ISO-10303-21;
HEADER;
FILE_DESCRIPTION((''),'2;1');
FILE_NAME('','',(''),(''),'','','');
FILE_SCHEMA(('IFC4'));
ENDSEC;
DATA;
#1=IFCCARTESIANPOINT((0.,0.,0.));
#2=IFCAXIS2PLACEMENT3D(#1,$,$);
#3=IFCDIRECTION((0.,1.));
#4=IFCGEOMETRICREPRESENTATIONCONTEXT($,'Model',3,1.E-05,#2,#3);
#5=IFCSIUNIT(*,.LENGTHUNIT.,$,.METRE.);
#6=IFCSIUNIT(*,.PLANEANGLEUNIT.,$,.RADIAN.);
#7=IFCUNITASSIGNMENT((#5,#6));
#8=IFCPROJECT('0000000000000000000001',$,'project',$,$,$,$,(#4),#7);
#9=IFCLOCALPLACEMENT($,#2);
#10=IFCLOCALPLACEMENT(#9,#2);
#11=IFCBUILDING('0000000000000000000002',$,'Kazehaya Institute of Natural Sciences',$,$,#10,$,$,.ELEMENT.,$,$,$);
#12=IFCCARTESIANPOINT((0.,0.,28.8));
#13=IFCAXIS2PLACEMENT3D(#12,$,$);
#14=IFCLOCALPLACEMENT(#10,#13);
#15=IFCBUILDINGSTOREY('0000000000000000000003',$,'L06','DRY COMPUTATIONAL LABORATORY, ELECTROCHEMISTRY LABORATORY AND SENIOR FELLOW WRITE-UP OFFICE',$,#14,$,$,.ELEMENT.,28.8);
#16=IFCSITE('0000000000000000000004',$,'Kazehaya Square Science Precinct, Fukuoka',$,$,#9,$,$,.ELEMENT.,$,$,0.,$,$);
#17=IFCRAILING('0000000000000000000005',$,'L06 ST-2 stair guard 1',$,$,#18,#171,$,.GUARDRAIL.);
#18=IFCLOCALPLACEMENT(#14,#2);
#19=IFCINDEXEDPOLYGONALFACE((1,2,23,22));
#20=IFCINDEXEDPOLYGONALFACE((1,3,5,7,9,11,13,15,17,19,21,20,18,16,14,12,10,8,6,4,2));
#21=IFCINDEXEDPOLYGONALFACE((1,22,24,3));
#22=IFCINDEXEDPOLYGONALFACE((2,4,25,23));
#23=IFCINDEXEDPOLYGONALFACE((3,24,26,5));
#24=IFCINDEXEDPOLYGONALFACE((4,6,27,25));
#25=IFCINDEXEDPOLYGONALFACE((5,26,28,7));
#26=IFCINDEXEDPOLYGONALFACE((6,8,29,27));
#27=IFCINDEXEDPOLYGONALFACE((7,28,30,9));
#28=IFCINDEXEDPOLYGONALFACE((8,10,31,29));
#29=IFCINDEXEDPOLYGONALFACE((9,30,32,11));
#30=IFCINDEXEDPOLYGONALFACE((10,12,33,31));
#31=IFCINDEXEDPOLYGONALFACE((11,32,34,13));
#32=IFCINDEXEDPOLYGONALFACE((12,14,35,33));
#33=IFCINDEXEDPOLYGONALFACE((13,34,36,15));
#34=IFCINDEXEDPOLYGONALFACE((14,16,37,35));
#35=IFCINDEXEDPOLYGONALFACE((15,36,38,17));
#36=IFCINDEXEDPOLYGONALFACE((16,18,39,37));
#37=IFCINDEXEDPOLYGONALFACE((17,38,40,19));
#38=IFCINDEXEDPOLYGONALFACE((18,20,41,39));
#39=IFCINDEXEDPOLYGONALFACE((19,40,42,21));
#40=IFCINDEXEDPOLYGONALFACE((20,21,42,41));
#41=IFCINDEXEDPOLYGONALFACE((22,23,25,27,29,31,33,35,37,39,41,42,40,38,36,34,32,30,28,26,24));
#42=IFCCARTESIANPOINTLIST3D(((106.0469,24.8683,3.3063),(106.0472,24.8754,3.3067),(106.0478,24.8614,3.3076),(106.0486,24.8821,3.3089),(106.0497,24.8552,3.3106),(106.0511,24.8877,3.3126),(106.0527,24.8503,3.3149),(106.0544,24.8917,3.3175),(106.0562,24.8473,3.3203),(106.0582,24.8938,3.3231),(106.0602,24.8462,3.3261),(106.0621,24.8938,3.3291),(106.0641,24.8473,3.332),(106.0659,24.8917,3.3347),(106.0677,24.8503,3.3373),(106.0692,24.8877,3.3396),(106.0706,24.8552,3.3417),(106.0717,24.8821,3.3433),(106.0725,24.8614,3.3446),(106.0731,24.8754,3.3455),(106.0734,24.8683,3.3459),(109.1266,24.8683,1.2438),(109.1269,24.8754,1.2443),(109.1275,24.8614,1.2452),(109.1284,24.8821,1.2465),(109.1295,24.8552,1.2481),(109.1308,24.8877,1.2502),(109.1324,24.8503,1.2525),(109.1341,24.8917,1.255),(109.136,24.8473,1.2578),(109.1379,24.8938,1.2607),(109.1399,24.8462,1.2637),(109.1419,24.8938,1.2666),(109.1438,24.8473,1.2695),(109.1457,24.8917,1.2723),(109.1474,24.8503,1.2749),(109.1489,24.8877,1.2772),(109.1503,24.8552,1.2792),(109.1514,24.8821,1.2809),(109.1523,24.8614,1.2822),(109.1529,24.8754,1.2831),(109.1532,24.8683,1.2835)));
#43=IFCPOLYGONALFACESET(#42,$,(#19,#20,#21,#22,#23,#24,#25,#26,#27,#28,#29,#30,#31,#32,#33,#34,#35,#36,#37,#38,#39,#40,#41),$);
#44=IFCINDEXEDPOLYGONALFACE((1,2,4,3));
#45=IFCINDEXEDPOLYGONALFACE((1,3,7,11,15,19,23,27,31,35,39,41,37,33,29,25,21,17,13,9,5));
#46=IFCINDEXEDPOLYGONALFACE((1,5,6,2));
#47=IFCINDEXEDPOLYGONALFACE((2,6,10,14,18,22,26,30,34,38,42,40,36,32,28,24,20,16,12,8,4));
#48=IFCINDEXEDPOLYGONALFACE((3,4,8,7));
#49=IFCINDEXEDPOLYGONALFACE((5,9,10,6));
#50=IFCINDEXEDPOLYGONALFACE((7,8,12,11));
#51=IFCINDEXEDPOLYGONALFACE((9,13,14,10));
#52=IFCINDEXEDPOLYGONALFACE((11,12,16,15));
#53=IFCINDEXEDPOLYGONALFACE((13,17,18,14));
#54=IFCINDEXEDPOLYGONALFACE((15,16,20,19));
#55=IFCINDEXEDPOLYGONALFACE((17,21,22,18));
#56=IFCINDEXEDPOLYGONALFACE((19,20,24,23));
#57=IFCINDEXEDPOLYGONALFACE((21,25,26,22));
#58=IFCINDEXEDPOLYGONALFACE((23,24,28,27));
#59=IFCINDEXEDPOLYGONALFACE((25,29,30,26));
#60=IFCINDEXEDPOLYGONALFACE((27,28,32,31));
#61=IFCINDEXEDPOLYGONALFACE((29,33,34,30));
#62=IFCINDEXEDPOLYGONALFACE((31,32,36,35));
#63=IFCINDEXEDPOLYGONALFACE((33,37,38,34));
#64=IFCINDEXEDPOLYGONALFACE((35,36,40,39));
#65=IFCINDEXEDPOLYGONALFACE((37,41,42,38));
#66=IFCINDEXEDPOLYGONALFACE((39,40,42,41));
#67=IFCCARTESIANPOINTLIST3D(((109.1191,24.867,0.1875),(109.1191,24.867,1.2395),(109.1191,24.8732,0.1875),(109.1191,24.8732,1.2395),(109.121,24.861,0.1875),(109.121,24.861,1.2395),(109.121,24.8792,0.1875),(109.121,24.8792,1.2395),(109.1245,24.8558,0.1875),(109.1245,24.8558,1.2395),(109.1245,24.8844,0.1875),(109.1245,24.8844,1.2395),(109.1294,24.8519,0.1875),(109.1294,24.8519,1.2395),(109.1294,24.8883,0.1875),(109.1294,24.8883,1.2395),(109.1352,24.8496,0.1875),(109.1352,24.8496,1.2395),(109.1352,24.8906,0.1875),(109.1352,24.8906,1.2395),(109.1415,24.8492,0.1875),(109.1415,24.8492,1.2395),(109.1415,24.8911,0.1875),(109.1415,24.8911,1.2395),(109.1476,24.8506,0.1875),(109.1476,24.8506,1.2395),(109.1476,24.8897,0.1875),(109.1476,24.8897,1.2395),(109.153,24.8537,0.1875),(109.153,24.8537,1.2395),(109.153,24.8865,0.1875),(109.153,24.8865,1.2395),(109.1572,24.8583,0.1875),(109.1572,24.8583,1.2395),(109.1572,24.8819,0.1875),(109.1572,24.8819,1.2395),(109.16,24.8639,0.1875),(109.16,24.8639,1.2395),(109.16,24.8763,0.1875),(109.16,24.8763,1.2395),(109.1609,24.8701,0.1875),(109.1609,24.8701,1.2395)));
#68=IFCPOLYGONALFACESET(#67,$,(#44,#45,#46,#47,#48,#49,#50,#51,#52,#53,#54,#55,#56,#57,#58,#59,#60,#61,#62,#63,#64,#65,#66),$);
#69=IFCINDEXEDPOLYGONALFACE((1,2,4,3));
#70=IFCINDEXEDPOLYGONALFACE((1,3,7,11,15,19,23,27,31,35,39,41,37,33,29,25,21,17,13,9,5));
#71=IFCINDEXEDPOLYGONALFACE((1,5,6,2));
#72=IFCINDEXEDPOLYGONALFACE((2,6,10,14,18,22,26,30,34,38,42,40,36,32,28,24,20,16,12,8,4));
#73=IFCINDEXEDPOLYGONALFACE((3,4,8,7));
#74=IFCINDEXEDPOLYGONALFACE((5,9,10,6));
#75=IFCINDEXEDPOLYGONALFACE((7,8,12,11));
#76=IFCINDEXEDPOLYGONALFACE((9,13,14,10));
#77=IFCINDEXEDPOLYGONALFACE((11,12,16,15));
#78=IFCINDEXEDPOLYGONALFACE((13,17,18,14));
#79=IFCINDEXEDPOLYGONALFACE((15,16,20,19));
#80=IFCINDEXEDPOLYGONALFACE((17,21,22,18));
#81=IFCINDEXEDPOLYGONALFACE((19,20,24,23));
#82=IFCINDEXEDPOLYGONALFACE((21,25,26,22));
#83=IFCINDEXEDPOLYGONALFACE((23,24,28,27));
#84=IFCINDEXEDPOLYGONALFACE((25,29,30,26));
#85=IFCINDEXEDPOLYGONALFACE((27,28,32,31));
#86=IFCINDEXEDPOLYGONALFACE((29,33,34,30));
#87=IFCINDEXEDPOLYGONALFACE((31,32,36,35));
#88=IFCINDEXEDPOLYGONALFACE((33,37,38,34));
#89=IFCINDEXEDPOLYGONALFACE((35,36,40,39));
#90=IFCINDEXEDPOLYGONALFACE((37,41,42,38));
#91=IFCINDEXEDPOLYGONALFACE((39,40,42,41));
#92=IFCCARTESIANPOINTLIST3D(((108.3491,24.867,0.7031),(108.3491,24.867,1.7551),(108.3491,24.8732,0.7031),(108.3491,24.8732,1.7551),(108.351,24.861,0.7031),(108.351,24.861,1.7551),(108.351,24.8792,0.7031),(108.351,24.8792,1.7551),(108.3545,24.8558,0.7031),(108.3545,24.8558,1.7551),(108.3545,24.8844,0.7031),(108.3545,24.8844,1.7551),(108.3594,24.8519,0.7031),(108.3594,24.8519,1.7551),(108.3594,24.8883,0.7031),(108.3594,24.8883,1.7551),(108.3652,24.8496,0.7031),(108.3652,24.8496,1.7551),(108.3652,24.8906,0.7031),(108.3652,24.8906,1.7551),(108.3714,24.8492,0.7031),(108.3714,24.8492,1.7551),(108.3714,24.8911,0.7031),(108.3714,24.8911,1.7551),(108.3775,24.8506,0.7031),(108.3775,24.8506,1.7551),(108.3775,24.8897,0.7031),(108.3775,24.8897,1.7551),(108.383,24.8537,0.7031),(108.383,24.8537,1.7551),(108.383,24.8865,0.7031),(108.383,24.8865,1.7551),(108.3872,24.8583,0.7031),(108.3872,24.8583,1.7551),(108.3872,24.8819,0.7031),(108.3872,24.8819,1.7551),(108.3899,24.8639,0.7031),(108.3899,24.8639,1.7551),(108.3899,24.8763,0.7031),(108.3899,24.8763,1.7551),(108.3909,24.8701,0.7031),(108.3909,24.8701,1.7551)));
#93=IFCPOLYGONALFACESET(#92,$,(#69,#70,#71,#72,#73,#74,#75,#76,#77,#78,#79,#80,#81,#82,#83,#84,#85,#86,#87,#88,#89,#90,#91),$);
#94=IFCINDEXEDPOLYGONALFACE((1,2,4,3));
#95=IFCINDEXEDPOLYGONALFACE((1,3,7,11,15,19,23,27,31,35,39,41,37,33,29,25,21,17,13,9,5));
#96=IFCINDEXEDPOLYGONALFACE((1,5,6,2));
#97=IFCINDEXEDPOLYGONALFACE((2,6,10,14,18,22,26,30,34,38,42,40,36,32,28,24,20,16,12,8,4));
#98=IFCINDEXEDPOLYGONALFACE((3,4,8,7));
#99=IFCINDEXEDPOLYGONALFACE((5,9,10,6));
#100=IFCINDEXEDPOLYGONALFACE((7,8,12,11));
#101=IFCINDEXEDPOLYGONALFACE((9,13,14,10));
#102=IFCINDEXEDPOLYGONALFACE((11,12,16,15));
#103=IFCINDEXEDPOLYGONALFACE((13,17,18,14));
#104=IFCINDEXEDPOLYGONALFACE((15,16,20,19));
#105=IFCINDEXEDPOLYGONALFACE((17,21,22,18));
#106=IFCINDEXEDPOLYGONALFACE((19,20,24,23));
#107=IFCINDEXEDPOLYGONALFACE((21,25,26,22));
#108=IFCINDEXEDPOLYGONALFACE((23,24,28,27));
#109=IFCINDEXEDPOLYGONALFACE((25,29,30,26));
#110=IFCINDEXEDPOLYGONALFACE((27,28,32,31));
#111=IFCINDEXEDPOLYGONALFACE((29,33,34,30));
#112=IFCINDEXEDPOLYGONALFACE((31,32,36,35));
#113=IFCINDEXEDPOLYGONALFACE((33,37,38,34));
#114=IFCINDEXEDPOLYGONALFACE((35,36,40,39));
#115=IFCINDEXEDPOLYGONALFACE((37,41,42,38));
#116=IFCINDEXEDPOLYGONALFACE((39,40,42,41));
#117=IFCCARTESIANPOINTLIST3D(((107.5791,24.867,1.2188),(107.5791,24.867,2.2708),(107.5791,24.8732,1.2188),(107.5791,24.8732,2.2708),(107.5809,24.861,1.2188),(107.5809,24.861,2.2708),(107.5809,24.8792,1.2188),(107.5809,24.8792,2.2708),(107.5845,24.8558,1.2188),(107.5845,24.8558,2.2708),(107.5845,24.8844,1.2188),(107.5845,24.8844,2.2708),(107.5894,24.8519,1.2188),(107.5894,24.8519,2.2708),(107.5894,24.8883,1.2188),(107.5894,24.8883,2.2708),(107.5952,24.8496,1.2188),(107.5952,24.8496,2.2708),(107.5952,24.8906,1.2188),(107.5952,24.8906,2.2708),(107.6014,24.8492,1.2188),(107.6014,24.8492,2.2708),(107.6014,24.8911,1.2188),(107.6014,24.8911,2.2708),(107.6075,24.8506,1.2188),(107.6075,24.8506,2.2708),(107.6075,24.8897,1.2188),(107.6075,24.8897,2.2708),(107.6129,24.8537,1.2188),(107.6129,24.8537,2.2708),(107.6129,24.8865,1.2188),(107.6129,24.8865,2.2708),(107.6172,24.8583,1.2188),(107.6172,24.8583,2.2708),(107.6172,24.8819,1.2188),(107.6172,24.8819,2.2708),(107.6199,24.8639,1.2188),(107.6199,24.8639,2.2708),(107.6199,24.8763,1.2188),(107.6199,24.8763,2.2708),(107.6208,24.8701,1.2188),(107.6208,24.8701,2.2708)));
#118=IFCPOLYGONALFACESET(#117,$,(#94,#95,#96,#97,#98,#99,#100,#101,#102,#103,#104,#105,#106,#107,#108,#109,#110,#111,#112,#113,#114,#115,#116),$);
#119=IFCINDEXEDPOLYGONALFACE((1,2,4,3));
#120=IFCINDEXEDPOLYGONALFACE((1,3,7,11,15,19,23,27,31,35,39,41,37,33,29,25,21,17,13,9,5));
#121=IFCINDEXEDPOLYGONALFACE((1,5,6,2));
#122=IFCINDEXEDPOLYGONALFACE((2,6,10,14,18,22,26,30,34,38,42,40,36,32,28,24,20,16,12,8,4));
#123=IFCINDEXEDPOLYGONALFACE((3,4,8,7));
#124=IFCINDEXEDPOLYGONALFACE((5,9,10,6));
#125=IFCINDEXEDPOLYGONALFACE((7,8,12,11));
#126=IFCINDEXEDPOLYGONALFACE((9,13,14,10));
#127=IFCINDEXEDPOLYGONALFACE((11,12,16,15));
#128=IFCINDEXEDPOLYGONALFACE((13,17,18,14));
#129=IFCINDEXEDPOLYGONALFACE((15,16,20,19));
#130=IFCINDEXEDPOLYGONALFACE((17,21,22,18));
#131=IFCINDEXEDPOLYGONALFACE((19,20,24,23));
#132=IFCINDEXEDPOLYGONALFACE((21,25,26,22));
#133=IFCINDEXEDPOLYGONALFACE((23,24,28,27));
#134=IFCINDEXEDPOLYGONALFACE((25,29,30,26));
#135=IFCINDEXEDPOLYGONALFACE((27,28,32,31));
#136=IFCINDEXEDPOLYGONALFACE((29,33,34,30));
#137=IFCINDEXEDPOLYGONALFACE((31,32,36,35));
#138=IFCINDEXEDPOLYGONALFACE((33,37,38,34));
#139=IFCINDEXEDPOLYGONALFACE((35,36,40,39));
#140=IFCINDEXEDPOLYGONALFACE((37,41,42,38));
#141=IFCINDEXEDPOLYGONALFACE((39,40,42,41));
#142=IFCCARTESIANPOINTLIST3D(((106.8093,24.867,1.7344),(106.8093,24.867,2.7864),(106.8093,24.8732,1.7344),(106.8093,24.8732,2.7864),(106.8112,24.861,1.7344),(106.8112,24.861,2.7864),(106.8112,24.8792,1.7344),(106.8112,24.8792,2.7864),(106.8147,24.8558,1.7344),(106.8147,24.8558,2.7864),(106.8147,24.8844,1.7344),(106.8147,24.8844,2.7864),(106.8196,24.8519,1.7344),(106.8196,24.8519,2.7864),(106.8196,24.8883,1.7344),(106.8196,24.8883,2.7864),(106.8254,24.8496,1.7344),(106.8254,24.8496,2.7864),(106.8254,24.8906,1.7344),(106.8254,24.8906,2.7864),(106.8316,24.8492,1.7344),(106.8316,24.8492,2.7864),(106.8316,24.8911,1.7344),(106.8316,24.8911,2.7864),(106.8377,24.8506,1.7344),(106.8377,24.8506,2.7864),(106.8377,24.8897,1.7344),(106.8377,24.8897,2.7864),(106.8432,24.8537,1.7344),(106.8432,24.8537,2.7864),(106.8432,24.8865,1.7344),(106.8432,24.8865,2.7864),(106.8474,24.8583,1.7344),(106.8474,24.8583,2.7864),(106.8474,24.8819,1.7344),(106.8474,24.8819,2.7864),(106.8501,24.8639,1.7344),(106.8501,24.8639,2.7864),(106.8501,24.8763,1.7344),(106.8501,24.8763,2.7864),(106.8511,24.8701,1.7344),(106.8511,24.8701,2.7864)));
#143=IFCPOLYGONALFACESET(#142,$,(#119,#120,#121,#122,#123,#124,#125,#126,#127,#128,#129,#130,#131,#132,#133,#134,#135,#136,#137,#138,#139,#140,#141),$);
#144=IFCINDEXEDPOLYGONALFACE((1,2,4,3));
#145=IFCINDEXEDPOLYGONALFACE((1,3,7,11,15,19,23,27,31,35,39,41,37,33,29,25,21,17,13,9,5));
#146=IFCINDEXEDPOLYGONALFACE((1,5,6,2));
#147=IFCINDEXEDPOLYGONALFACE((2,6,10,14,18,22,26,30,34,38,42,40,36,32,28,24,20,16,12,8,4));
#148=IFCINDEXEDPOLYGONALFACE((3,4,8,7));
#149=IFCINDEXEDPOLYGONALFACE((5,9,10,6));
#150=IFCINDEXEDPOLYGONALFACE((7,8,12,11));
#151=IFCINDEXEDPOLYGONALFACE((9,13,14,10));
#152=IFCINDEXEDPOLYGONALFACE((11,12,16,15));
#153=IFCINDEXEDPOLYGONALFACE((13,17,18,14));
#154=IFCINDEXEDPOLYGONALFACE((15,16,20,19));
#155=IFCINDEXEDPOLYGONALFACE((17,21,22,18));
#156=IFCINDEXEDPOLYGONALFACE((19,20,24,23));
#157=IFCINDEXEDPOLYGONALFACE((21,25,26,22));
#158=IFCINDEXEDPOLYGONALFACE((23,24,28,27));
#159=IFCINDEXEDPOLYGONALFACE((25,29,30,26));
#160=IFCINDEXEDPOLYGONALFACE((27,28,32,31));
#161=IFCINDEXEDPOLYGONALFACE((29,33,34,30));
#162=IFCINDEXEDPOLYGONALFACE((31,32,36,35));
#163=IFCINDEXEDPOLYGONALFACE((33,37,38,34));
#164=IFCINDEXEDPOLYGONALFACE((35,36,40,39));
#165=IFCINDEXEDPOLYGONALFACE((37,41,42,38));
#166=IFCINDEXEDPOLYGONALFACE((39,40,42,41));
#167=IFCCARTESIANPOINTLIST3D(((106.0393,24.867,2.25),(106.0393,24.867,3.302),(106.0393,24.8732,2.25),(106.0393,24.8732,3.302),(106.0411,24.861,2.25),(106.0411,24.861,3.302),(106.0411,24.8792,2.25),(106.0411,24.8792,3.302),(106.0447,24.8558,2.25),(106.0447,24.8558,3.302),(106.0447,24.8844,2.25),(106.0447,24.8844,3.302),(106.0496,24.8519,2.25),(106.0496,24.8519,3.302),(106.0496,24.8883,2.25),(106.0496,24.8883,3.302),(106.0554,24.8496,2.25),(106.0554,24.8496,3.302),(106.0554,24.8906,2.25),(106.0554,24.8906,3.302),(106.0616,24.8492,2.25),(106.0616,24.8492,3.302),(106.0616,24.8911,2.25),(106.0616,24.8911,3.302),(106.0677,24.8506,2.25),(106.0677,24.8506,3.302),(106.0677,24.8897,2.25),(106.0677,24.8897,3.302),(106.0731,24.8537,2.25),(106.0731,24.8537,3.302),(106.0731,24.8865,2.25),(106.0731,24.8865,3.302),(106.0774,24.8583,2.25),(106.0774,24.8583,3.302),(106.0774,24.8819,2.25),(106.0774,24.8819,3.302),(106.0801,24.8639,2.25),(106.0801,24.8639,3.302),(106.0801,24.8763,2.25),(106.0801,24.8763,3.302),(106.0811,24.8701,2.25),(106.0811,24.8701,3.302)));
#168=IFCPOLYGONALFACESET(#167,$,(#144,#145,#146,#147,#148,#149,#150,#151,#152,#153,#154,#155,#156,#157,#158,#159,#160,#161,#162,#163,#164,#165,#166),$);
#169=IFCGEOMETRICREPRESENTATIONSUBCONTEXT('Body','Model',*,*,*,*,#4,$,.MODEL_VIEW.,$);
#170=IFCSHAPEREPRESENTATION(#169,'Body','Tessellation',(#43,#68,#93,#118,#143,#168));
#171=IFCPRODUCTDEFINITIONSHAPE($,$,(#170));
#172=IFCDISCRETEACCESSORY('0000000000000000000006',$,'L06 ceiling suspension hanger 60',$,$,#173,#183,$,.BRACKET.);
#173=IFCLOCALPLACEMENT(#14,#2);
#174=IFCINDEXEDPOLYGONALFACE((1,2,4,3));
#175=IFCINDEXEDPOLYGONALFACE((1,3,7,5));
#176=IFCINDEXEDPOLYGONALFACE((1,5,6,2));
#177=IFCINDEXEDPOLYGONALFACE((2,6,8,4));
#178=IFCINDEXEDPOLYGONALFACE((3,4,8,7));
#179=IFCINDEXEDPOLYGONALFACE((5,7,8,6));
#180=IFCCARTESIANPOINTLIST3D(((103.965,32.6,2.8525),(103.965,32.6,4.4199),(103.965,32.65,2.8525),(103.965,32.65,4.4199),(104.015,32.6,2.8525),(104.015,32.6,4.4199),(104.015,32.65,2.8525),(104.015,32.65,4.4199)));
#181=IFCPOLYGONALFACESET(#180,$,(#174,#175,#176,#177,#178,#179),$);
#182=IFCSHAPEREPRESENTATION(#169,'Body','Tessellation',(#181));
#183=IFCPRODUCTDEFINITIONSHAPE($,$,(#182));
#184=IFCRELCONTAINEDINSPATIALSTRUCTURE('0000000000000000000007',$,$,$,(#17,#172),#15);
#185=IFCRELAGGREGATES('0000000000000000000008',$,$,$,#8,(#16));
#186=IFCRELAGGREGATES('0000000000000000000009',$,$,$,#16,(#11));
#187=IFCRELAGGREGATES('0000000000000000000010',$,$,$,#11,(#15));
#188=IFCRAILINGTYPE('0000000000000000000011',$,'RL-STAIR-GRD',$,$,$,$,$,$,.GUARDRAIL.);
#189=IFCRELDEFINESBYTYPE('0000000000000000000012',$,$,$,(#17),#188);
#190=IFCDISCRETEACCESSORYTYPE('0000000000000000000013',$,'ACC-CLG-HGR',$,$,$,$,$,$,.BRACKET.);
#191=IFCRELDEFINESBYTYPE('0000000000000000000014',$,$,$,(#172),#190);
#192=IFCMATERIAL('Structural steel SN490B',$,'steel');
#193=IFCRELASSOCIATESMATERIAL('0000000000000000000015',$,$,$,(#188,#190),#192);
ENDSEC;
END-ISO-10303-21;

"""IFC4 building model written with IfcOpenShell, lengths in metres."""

from ifc_helpers import new_model, si_unit, direction, frame, origin, origin_2d, place, context, subcontext, project, spatial, rectangle, circle, extrude, material, type_object, element, save


model = new_model("IFC4")

# Units and contexts
model_context = context("Model", 3, precision=1e-05, world=origin(), true_north=direction((0.0, 1.0)))
body_context = subcontext(model_context, "Body", "Model", "MODEL_VIEW")
ifc_project = project(units=[si_unit("LENGTHUNIT", "METRE"), si_unit("PLANEANGLEUNIT", "RADIAN")], contexts=[model_context])

# Site, building, storey
site_placement = place(None, origin())
site = spatial("IfcSite", under=ifc_project, at=site_placement, Name="Kazehaya Square Science Precinct, Fukuoka", CompositionType="ELEMENT", RefElevation=0.0)
building_placement = place(site_placement, origin())
building = spatial("IfcBuilding", under=site, at=building_placement, Name="Kazehaya Institute of Natural Sciences", CompositionType="ELEMENT")
storey_placement = place(building_placement, frame((0.0, 0.0, 28.8)))
storey = spatial("IfcBuildingStorey", under=building, at=storey_placement, Name="L06", Description="DRY COMPUTATIONAL LABORATORY, ELECTROCHEMISTRY LABORATORY AND SENIOR FELLOW WRITE-UP OFFICE", CompositionType="ELEMENT", Elevation=28.8)

# Railing
ifc_material_1 = material(Name="Structural steel SN490B", Category="steel")
railing_type = type_object("IfcRailingType", Name="RL-STAIR-GRD", PredefinedType="GUARDRAIL", material=ifc_material_1)
railing_placement = place(storey_placement, frame((109.1399, 24.8701, 0.1875)))
element("IfcRailing", 1, at=railing_placement, inside=storey, type_object=railing_type, Name="L06 ST-2 stair guard 1", PredefinedType="GUARDRAIL", context=body_context, shape_type="SweptSolid", body=[
    extrude(circle(Radius=0.0239, at=origin_2d()), frame((0.0, 0.0, 1.0762), z_axis=(-0.830893, 0.0, 0.556432), x_axis=(0.0, -1.0, 0.0)), (0.0, 0.0, 1.0), 3.7065),
    extrude(circle(Radius=0.021, at=origin_2d()), origin(), (0.0, 0.0, 1.0), 1.052),
    extrude(circle(Radius=0.021, at=origin_2d()), frame((-0.77, 0.0, 0.5156)), (0.0, 0.0, 1.0), 1.052),
    extrude(circle(Radius=0.021, at=origin_2d()), frame((-1.54, 0.0, 1.0312)), (0.0, 0.0, 1.0), 1.052),
    extrude(circle(Radius=0.021, at=origin_2d()), frame((-2.3098, 0.0, 1.5469)), (0.0, 0.0, 1.0), 1.052),
    extrude(circle(Radius=0.021, at=origin_2d()), frame((-3.0798, 0.0, 2.0625)), (0.0, 0.0, 1.0), 1.052),
])

# Discrete accessory
discrete_accessory_type = type_object("IfcDiscreteAccessoryType", Name="ACC-CLG-HGR", PredefinedType="BRACKET", material=ifc_material_1)
discrete_accessory_placement = place(storey_placement, frame((103.99, 32.625, 2.8525), z_axis=(0.0, 0.0, 1.0), x_axis=(1.0, 0.0, 0.0)))
element("IfcDiscreteAccessory", 2, at=discrete_accessory_placement, inside=storey, type_object=discrete_accessory_type, Name="L06 ceiling suspension hanger 60", PredefinedType="BRACKET", context=body_context, shape_type="SweptSolid", body=[
    extrude(rectangle(XDim=0.05, YDim=0.05, at=origin_2d()), origin(), (0.0, 0.0, 1.0), 1.5674),
])

save(model, "model.ifc")
